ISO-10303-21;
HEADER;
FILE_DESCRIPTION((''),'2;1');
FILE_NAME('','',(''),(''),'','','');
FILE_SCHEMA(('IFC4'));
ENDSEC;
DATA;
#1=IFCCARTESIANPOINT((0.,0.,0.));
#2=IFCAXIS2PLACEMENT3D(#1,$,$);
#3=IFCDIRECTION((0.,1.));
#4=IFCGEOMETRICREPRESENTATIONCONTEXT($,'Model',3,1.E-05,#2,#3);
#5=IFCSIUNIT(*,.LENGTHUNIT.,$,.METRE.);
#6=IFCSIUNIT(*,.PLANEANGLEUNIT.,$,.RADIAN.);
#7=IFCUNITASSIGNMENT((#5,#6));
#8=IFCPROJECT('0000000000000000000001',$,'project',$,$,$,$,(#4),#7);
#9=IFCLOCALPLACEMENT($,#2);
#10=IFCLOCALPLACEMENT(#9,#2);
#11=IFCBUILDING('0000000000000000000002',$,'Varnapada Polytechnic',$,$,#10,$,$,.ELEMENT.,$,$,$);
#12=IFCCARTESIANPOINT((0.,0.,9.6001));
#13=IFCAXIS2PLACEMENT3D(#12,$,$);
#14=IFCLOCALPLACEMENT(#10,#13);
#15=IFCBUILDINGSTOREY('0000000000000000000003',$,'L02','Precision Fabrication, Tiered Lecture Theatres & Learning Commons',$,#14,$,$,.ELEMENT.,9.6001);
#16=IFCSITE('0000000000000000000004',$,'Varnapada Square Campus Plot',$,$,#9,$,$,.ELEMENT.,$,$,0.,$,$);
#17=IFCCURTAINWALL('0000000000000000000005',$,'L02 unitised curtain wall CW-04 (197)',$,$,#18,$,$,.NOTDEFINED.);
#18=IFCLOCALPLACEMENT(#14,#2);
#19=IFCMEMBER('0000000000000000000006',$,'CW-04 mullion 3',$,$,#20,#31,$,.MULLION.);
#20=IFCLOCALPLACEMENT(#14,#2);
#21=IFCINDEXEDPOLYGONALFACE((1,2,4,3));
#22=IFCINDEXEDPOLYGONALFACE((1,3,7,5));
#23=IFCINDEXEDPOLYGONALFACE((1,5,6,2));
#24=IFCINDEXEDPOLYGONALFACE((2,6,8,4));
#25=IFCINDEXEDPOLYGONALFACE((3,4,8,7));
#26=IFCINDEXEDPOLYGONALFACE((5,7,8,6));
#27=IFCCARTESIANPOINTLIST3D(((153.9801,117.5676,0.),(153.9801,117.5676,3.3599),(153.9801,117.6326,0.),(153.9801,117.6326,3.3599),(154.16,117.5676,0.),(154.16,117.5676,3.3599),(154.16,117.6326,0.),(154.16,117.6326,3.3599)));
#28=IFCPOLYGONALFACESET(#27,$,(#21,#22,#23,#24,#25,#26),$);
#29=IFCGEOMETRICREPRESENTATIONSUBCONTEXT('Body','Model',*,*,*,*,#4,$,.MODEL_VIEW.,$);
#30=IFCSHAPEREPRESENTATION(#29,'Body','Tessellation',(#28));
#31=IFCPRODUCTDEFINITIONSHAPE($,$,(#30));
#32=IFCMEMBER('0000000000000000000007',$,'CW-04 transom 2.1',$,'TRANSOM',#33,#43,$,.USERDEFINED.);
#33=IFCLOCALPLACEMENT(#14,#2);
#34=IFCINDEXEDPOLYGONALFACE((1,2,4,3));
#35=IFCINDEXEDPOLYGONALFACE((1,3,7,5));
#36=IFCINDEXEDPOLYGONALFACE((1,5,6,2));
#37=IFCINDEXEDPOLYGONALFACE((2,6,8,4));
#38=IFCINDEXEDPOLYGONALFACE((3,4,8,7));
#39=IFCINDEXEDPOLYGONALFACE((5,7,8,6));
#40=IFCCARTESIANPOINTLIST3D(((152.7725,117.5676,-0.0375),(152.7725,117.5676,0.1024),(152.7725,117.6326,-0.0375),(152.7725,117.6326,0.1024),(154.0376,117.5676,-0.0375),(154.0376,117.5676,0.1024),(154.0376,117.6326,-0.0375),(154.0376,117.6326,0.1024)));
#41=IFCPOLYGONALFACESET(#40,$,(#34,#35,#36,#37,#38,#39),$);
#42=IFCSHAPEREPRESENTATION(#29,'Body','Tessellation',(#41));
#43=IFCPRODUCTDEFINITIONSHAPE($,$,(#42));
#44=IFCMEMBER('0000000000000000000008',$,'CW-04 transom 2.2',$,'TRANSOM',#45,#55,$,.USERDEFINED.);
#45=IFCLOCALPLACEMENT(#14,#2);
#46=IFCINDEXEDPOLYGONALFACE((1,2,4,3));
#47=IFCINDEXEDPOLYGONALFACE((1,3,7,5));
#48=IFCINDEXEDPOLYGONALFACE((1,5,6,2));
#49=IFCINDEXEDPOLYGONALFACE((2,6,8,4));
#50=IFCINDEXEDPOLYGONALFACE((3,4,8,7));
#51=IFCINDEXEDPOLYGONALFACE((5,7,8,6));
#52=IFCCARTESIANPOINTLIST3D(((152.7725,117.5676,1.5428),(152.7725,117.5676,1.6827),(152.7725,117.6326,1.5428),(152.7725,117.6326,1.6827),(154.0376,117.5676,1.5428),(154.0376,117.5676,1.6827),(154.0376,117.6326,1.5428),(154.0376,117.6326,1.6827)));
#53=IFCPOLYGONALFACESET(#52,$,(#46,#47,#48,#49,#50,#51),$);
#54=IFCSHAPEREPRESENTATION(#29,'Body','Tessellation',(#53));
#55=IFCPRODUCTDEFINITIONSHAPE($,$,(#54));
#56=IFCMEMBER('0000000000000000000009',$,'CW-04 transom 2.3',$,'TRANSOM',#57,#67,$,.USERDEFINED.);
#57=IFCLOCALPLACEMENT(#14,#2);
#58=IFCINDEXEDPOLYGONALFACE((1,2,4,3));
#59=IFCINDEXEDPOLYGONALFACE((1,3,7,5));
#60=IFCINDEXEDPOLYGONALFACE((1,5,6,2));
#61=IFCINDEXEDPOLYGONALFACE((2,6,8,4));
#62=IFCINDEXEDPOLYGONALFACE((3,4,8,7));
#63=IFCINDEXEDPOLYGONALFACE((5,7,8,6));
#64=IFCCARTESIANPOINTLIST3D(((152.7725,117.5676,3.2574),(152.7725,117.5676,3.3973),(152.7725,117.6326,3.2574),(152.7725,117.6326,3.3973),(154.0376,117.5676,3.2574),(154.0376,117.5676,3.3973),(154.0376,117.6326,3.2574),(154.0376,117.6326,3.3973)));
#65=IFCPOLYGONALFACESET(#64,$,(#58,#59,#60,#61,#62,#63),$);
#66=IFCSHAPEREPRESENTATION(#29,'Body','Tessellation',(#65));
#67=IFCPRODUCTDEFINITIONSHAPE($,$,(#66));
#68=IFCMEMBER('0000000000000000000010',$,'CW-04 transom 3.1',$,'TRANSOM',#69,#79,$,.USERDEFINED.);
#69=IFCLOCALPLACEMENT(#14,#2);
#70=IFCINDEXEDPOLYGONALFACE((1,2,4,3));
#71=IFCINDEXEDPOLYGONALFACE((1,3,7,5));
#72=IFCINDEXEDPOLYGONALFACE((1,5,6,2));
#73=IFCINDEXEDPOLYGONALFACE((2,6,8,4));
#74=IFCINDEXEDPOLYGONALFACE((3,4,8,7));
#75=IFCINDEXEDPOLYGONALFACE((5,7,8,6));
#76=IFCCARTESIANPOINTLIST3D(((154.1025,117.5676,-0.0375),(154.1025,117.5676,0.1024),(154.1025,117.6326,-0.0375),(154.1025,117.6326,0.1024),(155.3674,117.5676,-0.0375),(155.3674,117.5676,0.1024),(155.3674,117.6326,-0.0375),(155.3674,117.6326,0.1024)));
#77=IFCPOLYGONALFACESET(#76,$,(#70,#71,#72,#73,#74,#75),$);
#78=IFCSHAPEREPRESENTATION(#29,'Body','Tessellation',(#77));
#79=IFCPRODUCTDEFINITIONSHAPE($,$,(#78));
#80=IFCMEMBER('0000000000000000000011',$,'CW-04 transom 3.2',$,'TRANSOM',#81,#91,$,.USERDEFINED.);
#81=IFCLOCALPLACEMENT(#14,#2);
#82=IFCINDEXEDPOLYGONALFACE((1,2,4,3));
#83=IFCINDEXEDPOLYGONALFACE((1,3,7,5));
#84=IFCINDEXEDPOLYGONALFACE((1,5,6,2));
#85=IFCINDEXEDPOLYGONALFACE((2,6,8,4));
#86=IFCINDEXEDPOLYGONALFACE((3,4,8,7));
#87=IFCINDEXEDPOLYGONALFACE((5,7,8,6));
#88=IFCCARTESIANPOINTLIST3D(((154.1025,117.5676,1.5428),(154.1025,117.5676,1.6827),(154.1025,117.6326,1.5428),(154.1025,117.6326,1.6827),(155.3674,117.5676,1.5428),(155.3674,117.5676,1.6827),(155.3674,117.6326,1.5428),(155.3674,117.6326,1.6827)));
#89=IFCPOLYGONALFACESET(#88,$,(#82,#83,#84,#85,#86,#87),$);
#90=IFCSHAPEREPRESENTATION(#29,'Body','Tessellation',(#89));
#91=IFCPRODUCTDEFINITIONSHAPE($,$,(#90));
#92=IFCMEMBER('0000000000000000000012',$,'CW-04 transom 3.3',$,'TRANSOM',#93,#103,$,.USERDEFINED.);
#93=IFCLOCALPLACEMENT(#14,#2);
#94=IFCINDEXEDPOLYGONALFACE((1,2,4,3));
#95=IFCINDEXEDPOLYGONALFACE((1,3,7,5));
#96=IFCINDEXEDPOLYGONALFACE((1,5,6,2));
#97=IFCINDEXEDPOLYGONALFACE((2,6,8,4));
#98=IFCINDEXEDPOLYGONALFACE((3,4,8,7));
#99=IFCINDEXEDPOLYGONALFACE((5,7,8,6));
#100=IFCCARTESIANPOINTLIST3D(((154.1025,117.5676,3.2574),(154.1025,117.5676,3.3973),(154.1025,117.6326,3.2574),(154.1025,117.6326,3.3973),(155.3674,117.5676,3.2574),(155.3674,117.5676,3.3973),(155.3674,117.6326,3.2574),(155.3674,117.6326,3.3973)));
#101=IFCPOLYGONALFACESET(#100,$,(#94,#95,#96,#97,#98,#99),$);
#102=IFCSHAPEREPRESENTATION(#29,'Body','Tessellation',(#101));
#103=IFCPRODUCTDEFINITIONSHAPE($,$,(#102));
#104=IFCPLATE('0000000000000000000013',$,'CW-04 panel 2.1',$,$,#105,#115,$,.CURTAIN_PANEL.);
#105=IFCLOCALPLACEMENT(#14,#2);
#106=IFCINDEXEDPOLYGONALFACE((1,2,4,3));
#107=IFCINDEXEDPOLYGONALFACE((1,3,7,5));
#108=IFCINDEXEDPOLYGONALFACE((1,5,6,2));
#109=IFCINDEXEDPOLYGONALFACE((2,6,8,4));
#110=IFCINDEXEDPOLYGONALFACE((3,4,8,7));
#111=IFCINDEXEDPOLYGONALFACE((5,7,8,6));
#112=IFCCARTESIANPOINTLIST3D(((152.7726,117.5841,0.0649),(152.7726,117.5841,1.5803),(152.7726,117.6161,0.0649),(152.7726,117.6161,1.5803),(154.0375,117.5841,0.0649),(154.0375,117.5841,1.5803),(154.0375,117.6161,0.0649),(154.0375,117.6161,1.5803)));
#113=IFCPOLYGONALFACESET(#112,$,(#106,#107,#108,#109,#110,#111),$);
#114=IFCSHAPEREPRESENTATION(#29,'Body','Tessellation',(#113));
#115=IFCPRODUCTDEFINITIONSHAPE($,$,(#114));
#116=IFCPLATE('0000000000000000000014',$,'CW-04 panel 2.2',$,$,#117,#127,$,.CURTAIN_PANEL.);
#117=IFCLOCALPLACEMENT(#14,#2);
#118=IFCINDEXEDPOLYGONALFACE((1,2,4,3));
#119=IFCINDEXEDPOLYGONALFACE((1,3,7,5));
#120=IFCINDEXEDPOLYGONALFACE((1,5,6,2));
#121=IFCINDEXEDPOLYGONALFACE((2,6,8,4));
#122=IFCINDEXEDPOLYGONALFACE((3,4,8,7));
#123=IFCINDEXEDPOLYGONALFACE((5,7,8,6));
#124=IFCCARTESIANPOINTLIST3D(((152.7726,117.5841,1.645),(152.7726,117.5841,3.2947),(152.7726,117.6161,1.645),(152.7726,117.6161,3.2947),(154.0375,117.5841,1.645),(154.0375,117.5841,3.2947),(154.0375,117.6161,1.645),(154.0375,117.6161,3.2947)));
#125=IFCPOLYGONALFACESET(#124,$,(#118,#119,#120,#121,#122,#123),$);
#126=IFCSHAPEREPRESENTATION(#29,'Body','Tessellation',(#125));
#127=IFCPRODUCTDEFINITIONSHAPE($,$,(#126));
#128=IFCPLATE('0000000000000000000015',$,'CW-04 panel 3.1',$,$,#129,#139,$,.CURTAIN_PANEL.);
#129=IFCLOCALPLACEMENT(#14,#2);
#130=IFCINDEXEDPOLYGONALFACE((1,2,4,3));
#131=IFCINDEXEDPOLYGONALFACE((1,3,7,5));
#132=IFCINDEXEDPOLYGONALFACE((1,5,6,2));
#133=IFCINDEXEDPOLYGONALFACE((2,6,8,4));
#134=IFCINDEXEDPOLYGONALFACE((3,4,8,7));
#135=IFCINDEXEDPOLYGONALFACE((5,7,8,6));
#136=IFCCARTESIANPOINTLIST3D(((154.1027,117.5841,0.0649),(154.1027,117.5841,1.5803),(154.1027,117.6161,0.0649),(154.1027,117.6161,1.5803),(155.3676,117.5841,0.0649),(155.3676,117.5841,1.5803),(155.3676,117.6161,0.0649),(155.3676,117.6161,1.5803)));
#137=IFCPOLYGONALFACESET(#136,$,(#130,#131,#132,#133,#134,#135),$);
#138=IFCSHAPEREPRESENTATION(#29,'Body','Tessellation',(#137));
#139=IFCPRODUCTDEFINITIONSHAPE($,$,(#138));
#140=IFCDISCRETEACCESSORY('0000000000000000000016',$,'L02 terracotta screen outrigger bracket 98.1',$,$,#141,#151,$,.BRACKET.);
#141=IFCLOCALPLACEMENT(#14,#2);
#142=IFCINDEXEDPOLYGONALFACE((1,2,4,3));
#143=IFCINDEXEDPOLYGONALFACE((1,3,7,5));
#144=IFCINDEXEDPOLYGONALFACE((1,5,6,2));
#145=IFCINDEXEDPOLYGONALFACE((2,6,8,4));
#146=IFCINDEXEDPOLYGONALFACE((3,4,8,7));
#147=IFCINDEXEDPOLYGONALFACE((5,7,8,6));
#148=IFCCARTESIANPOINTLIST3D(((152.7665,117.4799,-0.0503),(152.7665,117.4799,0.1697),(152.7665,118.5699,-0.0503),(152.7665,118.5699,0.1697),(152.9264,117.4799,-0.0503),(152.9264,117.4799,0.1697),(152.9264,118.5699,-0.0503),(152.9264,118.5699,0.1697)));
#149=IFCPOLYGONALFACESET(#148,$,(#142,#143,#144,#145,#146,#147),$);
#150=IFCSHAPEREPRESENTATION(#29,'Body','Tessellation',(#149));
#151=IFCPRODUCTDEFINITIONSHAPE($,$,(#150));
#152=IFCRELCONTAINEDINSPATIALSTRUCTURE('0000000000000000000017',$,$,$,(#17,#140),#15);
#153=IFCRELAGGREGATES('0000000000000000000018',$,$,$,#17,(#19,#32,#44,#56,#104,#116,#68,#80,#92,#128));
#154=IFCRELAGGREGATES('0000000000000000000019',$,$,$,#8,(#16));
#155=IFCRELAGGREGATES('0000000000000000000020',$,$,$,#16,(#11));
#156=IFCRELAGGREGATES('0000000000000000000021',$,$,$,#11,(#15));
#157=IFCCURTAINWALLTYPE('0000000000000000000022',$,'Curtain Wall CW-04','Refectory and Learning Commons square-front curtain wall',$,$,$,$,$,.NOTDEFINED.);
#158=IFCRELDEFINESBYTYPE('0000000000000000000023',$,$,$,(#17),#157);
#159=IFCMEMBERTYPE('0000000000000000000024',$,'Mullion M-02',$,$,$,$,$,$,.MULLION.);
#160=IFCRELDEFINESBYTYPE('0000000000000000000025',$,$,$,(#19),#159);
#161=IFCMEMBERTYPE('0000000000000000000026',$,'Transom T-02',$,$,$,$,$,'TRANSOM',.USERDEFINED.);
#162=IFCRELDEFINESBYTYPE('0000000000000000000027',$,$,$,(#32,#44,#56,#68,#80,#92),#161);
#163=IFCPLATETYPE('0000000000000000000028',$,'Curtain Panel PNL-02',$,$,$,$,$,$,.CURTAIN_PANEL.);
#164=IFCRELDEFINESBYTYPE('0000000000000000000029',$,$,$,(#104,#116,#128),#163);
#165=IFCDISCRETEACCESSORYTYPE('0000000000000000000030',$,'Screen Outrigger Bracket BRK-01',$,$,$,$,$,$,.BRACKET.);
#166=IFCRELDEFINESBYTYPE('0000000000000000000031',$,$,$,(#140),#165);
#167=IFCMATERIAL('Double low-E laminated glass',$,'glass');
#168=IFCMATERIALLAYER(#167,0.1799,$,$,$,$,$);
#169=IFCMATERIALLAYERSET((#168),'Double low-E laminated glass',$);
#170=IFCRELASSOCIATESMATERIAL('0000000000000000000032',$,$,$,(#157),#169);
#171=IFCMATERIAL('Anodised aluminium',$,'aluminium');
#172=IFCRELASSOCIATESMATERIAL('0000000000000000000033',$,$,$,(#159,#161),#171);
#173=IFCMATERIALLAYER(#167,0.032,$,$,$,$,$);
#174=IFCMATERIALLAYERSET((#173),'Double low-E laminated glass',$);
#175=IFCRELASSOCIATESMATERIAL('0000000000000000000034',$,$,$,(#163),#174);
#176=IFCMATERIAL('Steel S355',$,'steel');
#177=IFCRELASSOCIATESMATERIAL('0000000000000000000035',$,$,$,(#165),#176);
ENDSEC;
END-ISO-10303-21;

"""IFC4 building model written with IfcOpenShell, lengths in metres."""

from ifc_helpers import new_model, si_unit, direction, frame, origin, origin_2d, place, context, subcontext, project, spatial, rectangle, extrude, material, layer, layer_set, material_profile, profile_set, type_object, element, aggregate, save


model = new_model("IFC4")

# Units and contexts
model_context = context("Model", 3, precision=1e-05, world=origin(), true_north=direction((0.0, 1.0)))
body_context = subcontext(model_context, "Body", "Model", "MODEL_VIEW")
ifc_project = project(units=[si_unit("LENGTHUNIT", "METRE"), si_unit("PLANEANGLEUNIT", "RADIAN")], contexts=[model_context])

# Site, building, storey
site_placement = place(None, origin())
site = spatial("IfcSite", under=ifc_project, at=site_placement, Name="Varnapada Square Campus Plot", CompositionType="ELEMENT", RefElevation=0.0)
building_placement = place(site_placement, origin())
building = spatial("IfcBuilding", under=site, at=building_placement, Name="Varnapada Polytechnic", CompositionType="ELEMENT")
storey_placement = place(building_placement, frame((0.0, 0.0, 9.6001)))
storey = spatial("IfcBuildingStorey", under=building, at=storey_placement, Name="L02", Description="Precision Fabrication, Tiered Lecture Theatres & Learning Commons", CompositionType="ELEMENT", Elevation=9.6001)

# Curtain wall, members, plates
ifc_material_1 = material(Name="Double low-E laminated glass", Category="glass")
ifc_layer_1 = layer(ifc_material_1, 0.1799)
ifc_layer_set_1 = layer_set([ifc_layer_1], Name="Double low-E laminated glass")
curtain_wall_type = type_object("IfcCurtainWallType", Name="Curtain Wall CW-04", Description="Refectory and Learning Commons square-front curtain wall", PredefinedType="NOTDEFINED", material=ifc_layer_set_1)
curtain_wall_placement = place(storey_placement, origin())
curtain_wall = element("IfcCurtainWall", 1, at=curtain_wall_placement, inside=storey, type_object=curtain_wall_type, Name="L02 unitised curtain wall CW-04 (197)", PredefinedType="NOTDEFINED")
ifc_material_2 = material(Name="Anodised aluminium", Category="aluminium")
ifc_material_profile_1 = material_profile(ifc_material_2, rectangle(XDim=0.0649, YDim=0.1799, at=origin_2d()), Name="ALU M65x180")
ifc_profile_set_1 = profile_set([ifc_material_profile_1], Name="Anodised aluminium")
member_type_1 = type_object("IfcMemberType", Name="Mullion M-02", PredefinedType="MULLION", material=ifc_profile_set_1)
member_1_placement = place(storey_placement, frame((154.0701, 117.6001, 0.0), z_axis=(0.0, 0.0, 1.0), x_axis=(0.0, 1.0, 0.0)))
member_1 = element("IfcMember", 2, at=member_1_placement, type_object=member_type_1, Name="CW-04 mullion 3", PredefinedType="MULLION", context=body_context, shape_type="SweptSolid", body=[
    extrude(rectangle(XDim=0.0649, YDim=0.1799, at=origin_2d()), origin(), (0.0, 0.0, 1.0), 3.3599),
])
ifc_material_profile_2 = material_profile(ifc_material_2, rectangle(XDim=0.0649, YDim=0.1399, at=origin_2d()), Name="ALU T65x140")
ifc_profile_set_2 = profile_set([ifc_material_profile_2], Name="Anodised aluminium")
member_type_2 = type_object("IfcMemberType", Name="Transom T-02", ElementType="TRANSOM", PredefinedType="USERDEFINED", material=ifc_profile_set_2)
member_2_placement = place(storey_placement, frame((152.7725, 117.6001, 0.0325), z_axis=(1.0, 0.0, 0.0), x_axis=(0.0, 1.0, 0.0)))
member_2 = element("IfcMember", 3, at=member_2_placement, type_object=member_type_2, Name="CW-04 transom 2.1", ObjectType="TRANSOM", PredefinedType="USERDEFINED", context=body_context, shape_type="SweptSolid", body=[
    extrude(rectangle(XDim=0.0649, YDim=0.1399, at=origin_2d()), origin(), (0.0, 0.0, 1.0), 1.2651),
])
member_3_placement = place(storey_placement, frame((152.7725, 117.6001, 1.6128), z_axis=(1.0, 0.0, 0.0), x_axis=(0.0, 1.0, 0.0)))
member_3 = element("IfcMember", 4, at=member_3_placement, type_object=member_type_2, Name="CW-04 transom 2.2", ObjectType="TRANSOM", PredefinedType="USERDEFINED", context=body_context, shape_type="SweptSolid", body=[
    extrude(rectangle(XDim=0.0649, YDim=0.1399, at=origin_2d()), origin(), (0.0, 0.0, 1.0), 1.2651),
])
member_4_placement = place(storey_placement, frame((152.7725, 117.6001, 3.3274), z_axis=(1.0, 0.0, 0.0), x_axis=(0.0, 1.0, 0.0)))
member_4 = element("IfcMember", 5, at=member_4_placement, type_object=member_type_2, Name="CW-04 transom 2.3", ObjectType="TRANSOM", PredefinedType="USERDEFINED", context=body_context, shape_type="SweptSolid", body=[
    extrude(rectangle(XDim=0.0649, YDim=0.1399, at=origin_2d()), origin(), (0.0, 0.0, 1.0), 1.2651),
])
member_5_placement = place(storey_placement, frame((154.1025, 117.6001, 0.0325), z_axis=(1.0, 0.0, 0.0), x_axis=(0.0, 1.0, 0.0)))
member_5 = element("IfcMember", 6, at=member_5_placement, type_object=member_type_2, Name="CW-04 transom 3.1", ObjectType="TRANSOM", PredefinedType="USERDEFINED", context=body_context, shape_type="SweptSolid", body=[
    extrude(rectangle(XDim=0.0649, YDim=0.1399, at=origin_2d()), origin(), (0.0, 0.0, 1.0), 1.2649),
])
member_6_placement = place(storey_placement, frame((154.1025, 117.6001, 1.6128), z_axis=(1.0, 0.0, 0.0), x_axis=(0.0, 1.0, 0.0)))
member_6 = element("IfcMember", 7, at=member_6_placement, type_object=member_type_2, Name="CW-04 transom 3.2", ObjectType="TRANSOM", PredefinedType="USERDEFINED", context=body_context, shape_type="SweptSolid", body=[
    extrude(rectangle(XDim=0.0649, YDim=0.1399, at=origin_2d()), origin(), (0.0, 0.0, 1.0), 1.2649),
])
member_7_placement = place(storey_placement, frame((154.1025, 117.6001, 3.3274), z_axis=(1.0, 0.0, 0.0), x_axis=(0.0, 1.0, 0.0)))
member_7 = element("IfcMember", 8, at=member_7_placement, type_object=member_type_2, Name="CW-04 transom 3.3", ObjectType="TRANSOM", PredefinedType="USERDEFINED", context=body_context, shape_type="SweptSolid", body=[
    extrude(rectangle(XDim=0.0649, YDim=0.1399, at=origin_2d()), origin(), (0.0, 0.0, 1.0), 1.2649),
])
ifc_layer_2 = layer(ifc_material_1, 0.032)
ifc_layer_set_2 = layer_set([ifc_layer_2], Name="Double low-E laminated glass")
plate_type = type_object("IfcPlateType", Name="Curtain Panel PNL-02", PredefinedType="CURTAIN_PANEL", material=ifc_layer_set_2)
plate_1_placement = place(storey_placement, frame((153.405, 117.6001, 0.0649), z_axis=(0.0, 0.0, 1.0), x_axis=(1.0, 0.0, 0.0)))
plate_1 = element("IfcPlate", 9, at=plate_1_placement, type_object=plate_type, Name="CW-04 panel 2.1", PredefinedType="CURTAIN_PANEL", context=body_context, shape_type="SweptSolid", body=[
    extrude(rectangle(XDim=1.2649, YDim=0.032, at=origin_2d()), origin(), (0.0, 0.0, 1.0), 1.5154),
])
plate_2_placement = place(storey_placement, frame((153.405, 117.6001, 1.645), z_axis=(0.0, 0.0, 1.0), x_axis=(1.0, 0.0, 0.0)))
plate_2 = element("IfcPlate", 10, at=plate_2_placement, type_object=plate_type, Name="CW-04 panel 2.2", PredefinedType="CURTAIN_PANEL", context=body_context, shape_type="SweptSolid", body=[
    extrude(rectangle(XDim=1.2649, YDim=0.032, at=origin_2d()), origin(), (0.0, 0.0, 1.0), 1.6497),
])
plate_3_placement = place(storey_placement, frame((154.7351, 117.6001, 0.0649), z_axis=(0.0, 0.0, 1.0), x_axis=(1.0, 0.0, 0.0)))
plate_3 = element("IfcPlate", 11, at=plate_3_placement, type_object=plate_type, Name="CW-04 panel 3.1", PredefinedType="CURTAIN_PANEL", context=body_context, shape_type="SweptSolid", body=[
    extrude(rectangle(XDim=1.2649, YDim=0.032, at=origin_2d()), origin(), (0.0, 0.0, 1.0), 1.5154),
])
aggregate(curtain_wall, [member_1, member_2, member_3, member_4, plate_1, plate_2, member_5, member_6, member_7, plate_3])

# Discrete accessory
ifc_material_3 = material(Name="Steel S355", Category="steel")
discrete_accessory_type = type_object("IfcDiscreteAccessoryType", Name="Screen Outrigger Bracket BRK-01", PredefinedType="BRACKET", material=ifc_material_3)
discrete_accessory_placement = place(storey_placement, frame((152.8464, 118.0249, -0.0503), z_axis=(0.0, 0.0, 1.0), x_axis=(1.0, 0.0, 0.0)))
element("IfcDiscreteAccessory", 12, at=discrete_accessory_placement, inside=storey, type_object=discrete_accessory_type, Name="L02 terracotta screen outrigger bracket 98.1", PredefinedType="BRACKET", context=body_context, shape_type="SweptSolid", body=[
    extrude(rectangle(XDim=0.1599, YDim=1.0901, at=origin_2d()), origin(), (0.0, 0.0, 1.0), 0.22),
])

save(model, "model.ifc")
